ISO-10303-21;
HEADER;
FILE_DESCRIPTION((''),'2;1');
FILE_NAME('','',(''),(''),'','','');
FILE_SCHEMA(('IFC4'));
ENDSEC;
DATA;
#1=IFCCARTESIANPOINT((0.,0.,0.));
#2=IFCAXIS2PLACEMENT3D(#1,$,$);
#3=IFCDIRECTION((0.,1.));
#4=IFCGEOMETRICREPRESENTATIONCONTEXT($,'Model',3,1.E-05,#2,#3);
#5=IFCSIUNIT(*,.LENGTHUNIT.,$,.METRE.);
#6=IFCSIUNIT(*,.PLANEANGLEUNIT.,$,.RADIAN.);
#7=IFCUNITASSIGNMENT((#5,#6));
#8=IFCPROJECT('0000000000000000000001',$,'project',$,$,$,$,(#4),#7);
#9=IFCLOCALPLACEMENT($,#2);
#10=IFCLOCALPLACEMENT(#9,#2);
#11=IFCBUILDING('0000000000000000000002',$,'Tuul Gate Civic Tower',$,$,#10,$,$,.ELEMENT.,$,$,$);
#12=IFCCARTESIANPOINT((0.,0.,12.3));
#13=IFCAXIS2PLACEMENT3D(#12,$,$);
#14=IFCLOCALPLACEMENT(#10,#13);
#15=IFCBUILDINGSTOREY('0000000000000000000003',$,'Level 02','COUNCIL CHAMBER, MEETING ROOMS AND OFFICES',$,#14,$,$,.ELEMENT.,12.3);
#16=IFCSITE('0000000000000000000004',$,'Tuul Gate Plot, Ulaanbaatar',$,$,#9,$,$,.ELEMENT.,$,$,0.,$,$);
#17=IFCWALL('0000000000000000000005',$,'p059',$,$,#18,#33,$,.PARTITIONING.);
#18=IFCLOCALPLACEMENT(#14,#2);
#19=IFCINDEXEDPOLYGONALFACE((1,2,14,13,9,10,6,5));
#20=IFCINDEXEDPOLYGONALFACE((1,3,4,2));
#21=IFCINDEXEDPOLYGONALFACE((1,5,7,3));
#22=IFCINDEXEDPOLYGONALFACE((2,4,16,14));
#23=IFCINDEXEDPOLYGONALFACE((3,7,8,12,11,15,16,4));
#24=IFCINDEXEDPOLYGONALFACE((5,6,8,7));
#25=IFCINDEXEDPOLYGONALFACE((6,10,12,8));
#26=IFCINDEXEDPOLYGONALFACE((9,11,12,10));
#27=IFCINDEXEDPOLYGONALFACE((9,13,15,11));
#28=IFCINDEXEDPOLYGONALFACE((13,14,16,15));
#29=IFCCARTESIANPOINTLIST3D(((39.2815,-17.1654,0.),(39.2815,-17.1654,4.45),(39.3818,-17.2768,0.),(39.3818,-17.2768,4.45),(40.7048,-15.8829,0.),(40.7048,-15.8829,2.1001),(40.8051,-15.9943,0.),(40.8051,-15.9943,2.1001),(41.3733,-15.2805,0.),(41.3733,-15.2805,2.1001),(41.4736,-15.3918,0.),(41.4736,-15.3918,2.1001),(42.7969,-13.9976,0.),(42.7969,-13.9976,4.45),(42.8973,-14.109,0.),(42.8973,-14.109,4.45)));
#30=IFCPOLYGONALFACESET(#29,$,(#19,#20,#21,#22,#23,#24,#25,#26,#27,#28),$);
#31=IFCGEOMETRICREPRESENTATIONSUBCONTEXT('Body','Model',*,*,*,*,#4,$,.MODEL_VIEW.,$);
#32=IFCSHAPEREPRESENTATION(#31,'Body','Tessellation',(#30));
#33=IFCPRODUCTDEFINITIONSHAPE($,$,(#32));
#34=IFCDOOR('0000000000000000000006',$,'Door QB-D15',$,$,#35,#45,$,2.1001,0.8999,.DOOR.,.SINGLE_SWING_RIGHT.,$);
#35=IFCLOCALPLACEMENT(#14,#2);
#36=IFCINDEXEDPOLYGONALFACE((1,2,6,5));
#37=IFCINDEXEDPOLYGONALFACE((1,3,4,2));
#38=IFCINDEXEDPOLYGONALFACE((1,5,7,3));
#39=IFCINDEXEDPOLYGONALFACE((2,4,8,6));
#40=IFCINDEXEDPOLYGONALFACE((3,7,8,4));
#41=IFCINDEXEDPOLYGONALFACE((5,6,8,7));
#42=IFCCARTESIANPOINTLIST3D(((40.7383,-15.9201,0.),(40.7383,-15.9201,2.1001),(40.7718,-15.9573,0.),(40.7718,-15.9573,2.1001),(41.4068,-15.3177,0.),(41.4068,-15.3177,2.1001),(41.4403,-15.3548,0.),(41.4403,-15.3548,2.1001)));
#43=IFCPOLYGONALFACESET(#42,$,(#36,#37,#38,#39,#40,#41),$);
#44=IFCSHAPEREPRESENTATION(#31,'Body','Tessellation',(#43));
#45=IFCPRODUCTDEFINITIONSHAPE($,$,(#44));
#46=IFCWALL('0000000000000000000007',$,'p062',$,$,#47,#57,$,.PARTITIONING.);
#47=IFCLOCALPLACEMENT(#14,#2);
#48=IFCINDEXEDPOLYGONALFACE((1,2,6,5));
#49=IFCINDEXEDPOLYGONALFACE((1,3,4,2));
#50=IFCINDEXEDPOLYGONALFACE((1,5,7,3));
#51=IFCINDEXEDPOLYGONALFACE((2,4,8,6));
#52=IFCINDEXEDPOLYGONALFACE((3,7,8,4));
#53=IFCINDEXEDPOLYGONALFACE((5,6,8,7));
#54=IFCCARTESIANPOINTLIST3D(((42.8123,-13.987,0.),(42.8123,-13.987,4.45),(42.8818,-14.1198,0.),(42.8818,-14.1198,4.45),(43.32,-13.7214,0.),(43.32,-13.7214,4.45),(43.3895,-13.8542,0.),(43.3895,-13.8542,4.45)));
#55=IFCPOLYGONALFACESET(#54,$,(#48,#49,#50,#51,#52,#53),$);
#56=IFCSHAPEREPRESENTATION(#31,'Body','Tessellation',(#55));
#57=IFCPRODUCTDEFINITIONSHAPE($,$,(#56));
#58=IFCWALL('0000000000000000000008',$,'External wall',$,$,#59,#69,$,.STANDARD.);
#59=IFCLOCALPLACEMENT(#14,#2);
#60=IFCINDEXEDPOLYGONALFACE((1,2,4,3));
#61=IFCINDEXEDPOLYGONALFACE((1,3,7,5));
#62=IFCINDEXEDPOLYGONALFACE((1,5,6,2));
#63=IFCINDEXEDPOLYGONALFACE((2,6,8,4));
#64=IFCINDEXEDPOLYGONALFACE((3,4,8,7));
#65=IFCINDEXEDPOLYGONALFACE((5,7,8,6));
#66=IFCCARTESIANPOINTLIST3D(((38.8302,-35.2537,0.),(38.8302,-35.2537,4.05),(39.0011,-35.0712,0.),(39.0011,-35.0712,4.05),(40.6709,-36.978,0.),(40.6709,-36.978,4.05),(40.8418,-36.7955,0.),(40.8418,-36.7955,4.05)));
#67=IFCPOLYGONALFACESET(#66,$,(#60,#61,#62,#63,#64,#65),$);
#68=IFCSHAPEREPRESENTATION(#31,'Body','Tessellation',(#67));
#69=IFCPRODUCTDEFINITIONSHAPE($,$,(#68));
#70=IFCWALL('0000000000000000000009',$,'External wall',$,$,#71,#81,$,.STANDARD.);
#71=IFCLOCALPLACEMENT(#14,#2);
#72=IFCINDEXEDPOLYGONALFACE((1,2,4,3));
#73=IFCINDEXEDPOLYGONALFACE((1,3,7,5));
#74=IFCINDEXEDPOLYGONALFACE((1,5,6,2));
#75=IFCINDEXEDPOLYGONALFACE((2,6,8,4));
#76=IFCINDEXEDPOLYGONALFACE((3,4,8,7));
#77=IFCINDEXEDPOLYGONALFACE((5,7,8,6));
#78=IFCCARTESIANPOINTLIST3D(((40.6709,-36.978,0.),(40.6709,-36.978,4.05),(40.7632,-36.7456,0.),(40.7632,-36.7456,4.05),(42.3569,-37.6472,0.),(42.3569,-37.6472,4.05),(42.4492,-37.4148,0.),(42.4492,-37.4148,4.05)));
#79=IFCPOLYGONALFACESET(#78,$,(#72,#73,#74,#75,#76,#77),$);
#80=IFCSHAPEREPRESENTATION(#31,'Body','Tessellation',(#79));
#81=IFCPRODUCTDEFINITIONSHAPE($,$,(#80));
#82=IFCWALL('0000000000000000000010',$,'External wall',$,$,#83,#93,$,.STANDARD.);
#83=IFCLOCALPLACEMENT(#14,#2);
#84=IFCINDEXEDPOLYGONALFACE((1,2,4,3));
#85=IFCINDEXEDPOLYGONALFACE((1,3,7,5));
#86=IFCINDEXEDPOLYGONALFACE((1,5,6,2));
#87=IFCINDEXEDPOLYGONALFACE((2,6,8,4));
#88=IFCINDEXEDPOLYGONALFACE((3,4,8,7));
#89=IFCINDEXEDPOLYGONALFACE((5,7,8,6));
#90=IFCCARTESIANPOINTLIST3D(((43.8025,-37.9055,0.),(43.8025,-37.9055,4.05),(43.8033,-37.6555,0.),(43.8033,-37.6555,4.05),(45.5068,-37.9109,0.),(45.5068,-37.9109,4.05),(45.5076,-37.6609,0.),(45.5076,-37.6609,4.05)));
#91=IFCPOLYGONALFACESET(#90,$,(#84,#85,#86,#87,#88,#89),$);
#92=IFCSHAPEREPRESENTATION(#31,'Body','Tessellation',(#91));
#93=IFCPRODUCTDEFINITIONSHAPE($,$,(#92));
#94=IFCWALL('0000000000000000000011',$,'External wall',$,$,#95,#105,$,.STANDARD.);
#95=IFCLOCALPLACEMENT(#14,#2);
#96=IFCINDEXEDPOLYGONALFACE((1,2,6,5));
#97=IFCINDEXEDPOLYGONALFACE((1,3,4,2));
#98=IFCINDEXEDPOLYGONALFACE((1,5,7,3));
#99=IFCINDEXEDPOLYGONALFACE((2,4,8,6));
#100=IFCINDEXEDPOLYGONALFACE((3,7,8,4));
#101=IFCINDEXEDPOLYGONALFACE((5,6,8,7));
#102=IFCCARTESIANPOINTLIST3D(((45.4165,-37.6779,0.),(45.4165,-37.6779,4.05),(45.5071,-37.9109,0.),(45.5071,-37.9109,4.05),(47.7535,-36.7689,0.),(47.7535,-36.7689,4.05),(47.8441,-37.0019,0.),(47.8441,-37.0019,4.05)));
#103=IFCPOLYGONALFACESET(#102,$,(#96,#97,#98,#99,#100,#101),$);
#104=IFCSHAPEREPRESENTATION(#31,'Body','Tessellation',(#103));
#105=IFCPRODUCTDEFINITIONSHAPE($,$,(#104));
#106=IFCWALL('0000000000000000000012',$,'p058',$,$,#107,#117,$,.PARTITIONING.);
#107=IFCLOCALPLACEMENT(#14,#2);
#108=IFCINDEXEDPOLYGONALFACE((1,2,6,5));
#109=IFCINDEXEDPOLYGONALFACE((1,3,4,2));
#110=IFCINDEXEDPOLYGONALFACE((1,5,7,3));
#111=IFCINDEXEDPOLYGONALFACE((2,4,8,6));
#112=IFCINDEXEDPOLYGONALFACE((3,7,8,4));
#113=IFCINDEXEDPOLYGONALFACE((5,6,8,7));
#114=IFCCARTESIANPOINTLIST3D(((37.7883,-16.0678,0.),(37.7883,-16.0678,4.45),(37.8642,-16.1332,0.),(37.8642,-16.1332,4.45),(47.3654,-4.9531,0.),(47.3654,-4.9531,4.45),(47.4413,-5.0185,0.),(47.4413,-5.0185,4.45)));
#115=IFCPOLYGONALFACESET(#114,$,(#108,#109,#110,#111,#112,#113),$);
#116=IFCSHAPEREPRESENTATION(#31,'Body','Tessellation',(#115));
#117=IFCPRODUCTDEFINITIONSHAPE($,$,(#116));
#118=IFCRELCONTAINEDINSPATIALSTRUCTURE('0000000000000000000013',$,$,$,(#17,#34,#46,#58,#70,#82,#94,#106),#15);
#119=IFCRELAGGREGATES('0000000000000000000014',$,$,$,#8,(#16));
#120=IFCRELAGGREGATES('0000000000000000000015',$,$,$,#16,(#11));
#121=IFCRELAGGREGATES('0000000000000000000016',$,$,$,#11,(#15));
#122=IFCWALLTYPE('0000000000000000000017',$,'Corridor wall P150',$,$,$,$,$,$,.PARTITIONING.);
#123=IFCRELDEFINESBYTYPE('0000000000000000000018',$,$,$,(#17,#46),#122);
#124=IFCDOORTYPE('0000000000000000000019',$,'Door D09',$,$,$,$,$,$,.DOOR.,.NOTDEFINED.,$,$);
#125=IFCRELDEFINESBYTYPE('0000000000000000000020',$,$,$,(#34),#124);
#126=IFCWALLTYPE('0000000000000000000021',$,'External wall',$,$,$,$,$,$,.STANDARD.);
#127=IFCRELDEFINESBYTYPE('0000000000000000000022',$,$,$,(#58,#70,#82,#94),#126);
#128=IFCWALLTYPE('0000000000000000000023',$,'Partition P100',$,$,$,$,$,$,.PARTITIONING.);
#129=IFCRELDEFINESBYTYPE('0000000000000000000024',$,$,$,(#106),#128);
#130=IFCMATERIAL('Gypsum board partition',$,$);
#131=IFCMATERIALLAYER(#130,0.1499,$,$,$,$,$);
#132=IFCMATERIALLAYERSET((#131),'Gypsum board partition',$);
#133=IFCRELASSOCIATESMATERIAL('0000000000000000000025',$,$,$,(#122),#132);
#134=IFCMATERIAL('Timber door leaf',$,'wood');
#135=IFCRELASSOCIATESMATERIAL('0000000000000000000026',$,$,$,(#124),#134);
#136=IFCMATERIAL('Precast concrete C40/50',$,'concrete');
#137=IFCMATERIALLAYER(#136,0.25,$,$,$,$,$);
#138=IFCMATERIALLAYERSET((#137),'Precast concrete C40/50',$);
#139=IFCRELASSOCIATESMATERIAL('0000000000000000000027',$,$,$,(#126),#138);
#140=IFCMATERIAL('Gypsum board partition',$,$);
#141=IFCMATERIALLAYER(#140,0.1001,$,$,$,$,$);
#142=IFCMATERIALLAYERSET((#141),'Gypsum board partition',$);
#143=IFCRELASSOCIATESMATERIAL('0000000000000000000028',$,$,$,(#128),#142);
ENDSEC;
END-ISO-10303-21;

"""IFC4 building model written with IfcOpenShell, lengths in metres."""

from ifc_helpers import new_model, si_unit, direction, frame, frame_2d, origin, place, context, subcontext, project, spatial, rectangle, extrude, material, layer, layer_set, type_object, element, fill, save


model = new_model("IFC4")

# Units and contexts
model_context = context("Model", 3, precision=1e-05, world=origin(), true_north=direction((0.0, 1.0)))
body_context = subcontext(model_context, "Body", "Model", "MODEL_VIEW")
ifc_project = project(units=[si_unit("LENGTHUNIT", "METRE"), si_unit("PLANEANGLEUNIT", "RADIAN")], contexts=[model_context])

# Site, building, storey
site_placement = place(None, origin())
site = spatial("IfcSite", under=ifc_project, at=site_placement, Name="Tuul Gate Plot, Ulaanbaatar", CompositionType="ELEMENT", RefElevation=0.0)
building_placement = place(site_placement, origin())
building = spatial("IfcBuilding", under=site, at=building_placement, Name="Tuul Gate Civic Tower", CompositionType="ELEMENT")
storey_placement = place(building_placement, frame((0.0, 0.0, 12.3)))
storey = spatial("IfcBuildingStorey", under=building, at=storey_placement, Name="Level 02", Description="COUNCIL CHAMBER, MEETING ROOMS AND OFFICES", CompositionType="ELEMENT", Elevation=12.3)

# Shared definitions
ifc_material_1 = material(Name="Gypsum board partition")
ifc_layer_1 = layer(ifc_material_1, 0.1499)
ifc_layer_set_1 = layer_set([ifc_layer_1], Name="Gypsum board partition")
wall_type_1 = type_object("IfcWallType", Name="Corridor wall P150", PredefinedType="PARTITIONING", material=ifc_layer_set_1)

# Shared definitions
ifc_material_2 = material(Name="Timber door leaf", Category="wood")
door_type_1 = type_object("IfcDoorType", Name="Door D09", OperationType="NOTDEFINED", PredefinedType="DOOR", material=ifc_material_2)

# Wall, opening, door
wall_1_placement = place(storey_placement, frame((39.3315, -17.2212, 0.0), z_axis=(0.0, 0.0, 1.0), x_axis=(0.742886, 0.669418, 0.0)))
wall_1 = element("IfcWall", 1, at=wall_1_placement, inside=storey, type_object=wall_type_1, Name="p059", PredefinedType="PARTITIONING", context=body_context, shape_type="SweptSolid", body=[
    extrude(rectangle(XDim=4.7322, YDim=0.1499, at=frame_2d((2.3662, 0.0))), origin(), (0.0, 0.0, 1.0), 4.45),
])
opening_1_placement = place(wall_1_placement, frame((1.916, 0.0, 0.0)))
opening_1 = element("IfcOpeningElement", 2, at=opening_1_placement, cuts=wall_1, PredefinedType="OPENING", context=body_context, shape_type="SweptSolid", body=[
    extrude(rectangle(XDim=0.8999, YDim=2.1001, at=frame_2d((0.45, 1.05))), frame((0.0, 0.085, 0.0), z_axis=(0.0, -1.0, 0.0), x_axis=(1.0, 0.0, 0.0)), (0.0, 0.0, 1.0), 0.1699),
])
door_1_placement = place(opening_1_placement, origin())
door_1 = element("IfcDoor", 3, at=door_1_placement, inside=storey, type_object=door_type_1, Name="Door QB-D15", OperationType="SINGLE_SWING_RIGHT", OverallHeight=2.1001, OverallWidth=0.8999, PredefinedType="DOOR", context=body_context, shape_type="SweptSolid", body=[
    extrude(rectangle(XDim=0.8999, YDim=2.1001, at=frame_2d((0.45, 1.05))), frame((0.0, 0.0249, 0.0), z_axis=(0.0, -1.0, 0.0), x_axis=(1.0, 0.0, 0.0)), (0.0, 0.0, 1.0), 0.05),
])
fill(opening_1, door_1)

# Walls
wall_2_placement = place(storey_placement, frame((42.8469, -14.0535, 0.0), z_axis=(0.0, 0.0, 1.0), x_axis=(0.886098, 0.463498, 0.0)))
element("IfcWall", 4, at=wall_2_placement, inside=storey, type_object=wall_type_1, Name="p062", PredefinedType="PARTITIONING", context=body_context, shape_type="SweptSolid", body=[
    extrude(rectangle(XDim=0.573, YDim=0.1499, at=frame_2d((0.2866, 0.0))), origin(), (0.0, 0.0, 1.0), 4.45),
])
ifc_material_3 = material(Name="Precast concrete C40/50", Category="concrete")
ifc_layer_2 = layer(ifc_material_3, 0.25)
ifc_layer_set_2 = layer_set([ifc_layer_2], Name="Precast concrete C40/50")
wall_type_2 = type_object("IfcWallType", Name="External wall", PredefinedType="STANDARD", material=ifc_layer_set_2)
wall_3_placement = place(storey_placement, frame((38.9155, -35.1624, 0.0), z_axis=(0.0, 0.0, 1.0), x_axis=(0.729815, -0.683645, 0.0)))
element("IfcWall", 5, at=wall_3_placement, inside=storey, type_object=wall_type_2, Name="External wall", PredefinedType="STANDARD", context=body_context, shape_type="SweptSolid", body=[
    extrude(rectangle(XDim=2.5222, YDim=0.25, at=frame_2d((1.2612, 0.0))), origin(), (0.0, 0.0, 1.0), 4.05),
])
wall_4_placement = place(storey_placement, frame((40.717, -36.8618, 0.0), z_axis=(0.0, 0.0, 1.0), x_axis=(0.929467, -0.368906, 0.0)))
element("IfcWall", 6, at=wall_4_placement, inside=storey, type_object=wall_type_2, Name="External wall", PredefinedType="STANDARD", context=body_context, shape_type="SweptSolid", body=[
    extrude(rectangle(XDim=1.814, YDim=0.25, at=frame_2d((0.907, 0.0))), origin(), (0.0, 0.0, 1.0), 4.05),
])
wall_5_placement = place(storey_placement, frame((43.803, -37.7805, 0.0), z_axis=(0.0, 0.0, 1.0), x_axis=(0.999995, -0.003151, 0.0)))
element("IfcWall", 7, at=wall_5_placement, inside=storey, type_object=wall_type_2, Name="External wall", PredefinedType="STANDARD", context=body_context, shape_type="SweptSolid", body=[
    extrude(rectangle(XDim=1.7043, YDim=0.25, at=frame_2d((0.8521, 0.0))), origin(), (0.0, 0.0, 1.0), 4.05),
])
wall_6_placement = place(storey_placement, frame((45.4617, -37.7944, 0.0), z_axis=(0.0, 0.0, 1.0), x_axis=(0.931986, 0.362493, 0.0)))
element("IfcWall", 8, at=wall_6_placement, inside=storey, type_object=wall_type_2, Name="External wall", PredefinedType="STANDARD", context=body_context, shape_type="SweptSolid", body=[
    extrude(rectangle(XDim=2.5076, YDim=0.25, at=frame_2d((1.2539, 0.0))), origin(), (0.0, 0.0, 1.0), 4.05),
])
ifc_material_4 = material(Name="Gypsum board partition")
ifc_layer_3 = layer(ifc_material_4, 0.1001)
ifc_layer_set_3 = layer_set([ifc_layer_3], Name="Gypsum board partition")
wall_type_3 = type_object("IfcWallType", Name="Partition P100", PredefinedType="PARTITIONING", material=ifc_layer_set_3)
wall_7_placement = place(storey_placement, frame((37.8262, -16.1006, 0.0), z_axis=(0.0, 0.0, 1.0), x_axis=(0.652763, 0.757563, 0.0)))
element("IfcWall", 9, at=wall_7_placement, inside=storey, type_object=wall_type_3, Name="p058", PredefinedType="PARTITIONING", context=body_context, shape_type="SweptSolid", body=[
    extrude(rectangle(XDim=14.6716, YDim=0.1001, at=frame_2d((7.3359, 0.0))), origin(), (0.0, 0.0, 1.0), 4.45),
])

save(model, "model.ifc")
